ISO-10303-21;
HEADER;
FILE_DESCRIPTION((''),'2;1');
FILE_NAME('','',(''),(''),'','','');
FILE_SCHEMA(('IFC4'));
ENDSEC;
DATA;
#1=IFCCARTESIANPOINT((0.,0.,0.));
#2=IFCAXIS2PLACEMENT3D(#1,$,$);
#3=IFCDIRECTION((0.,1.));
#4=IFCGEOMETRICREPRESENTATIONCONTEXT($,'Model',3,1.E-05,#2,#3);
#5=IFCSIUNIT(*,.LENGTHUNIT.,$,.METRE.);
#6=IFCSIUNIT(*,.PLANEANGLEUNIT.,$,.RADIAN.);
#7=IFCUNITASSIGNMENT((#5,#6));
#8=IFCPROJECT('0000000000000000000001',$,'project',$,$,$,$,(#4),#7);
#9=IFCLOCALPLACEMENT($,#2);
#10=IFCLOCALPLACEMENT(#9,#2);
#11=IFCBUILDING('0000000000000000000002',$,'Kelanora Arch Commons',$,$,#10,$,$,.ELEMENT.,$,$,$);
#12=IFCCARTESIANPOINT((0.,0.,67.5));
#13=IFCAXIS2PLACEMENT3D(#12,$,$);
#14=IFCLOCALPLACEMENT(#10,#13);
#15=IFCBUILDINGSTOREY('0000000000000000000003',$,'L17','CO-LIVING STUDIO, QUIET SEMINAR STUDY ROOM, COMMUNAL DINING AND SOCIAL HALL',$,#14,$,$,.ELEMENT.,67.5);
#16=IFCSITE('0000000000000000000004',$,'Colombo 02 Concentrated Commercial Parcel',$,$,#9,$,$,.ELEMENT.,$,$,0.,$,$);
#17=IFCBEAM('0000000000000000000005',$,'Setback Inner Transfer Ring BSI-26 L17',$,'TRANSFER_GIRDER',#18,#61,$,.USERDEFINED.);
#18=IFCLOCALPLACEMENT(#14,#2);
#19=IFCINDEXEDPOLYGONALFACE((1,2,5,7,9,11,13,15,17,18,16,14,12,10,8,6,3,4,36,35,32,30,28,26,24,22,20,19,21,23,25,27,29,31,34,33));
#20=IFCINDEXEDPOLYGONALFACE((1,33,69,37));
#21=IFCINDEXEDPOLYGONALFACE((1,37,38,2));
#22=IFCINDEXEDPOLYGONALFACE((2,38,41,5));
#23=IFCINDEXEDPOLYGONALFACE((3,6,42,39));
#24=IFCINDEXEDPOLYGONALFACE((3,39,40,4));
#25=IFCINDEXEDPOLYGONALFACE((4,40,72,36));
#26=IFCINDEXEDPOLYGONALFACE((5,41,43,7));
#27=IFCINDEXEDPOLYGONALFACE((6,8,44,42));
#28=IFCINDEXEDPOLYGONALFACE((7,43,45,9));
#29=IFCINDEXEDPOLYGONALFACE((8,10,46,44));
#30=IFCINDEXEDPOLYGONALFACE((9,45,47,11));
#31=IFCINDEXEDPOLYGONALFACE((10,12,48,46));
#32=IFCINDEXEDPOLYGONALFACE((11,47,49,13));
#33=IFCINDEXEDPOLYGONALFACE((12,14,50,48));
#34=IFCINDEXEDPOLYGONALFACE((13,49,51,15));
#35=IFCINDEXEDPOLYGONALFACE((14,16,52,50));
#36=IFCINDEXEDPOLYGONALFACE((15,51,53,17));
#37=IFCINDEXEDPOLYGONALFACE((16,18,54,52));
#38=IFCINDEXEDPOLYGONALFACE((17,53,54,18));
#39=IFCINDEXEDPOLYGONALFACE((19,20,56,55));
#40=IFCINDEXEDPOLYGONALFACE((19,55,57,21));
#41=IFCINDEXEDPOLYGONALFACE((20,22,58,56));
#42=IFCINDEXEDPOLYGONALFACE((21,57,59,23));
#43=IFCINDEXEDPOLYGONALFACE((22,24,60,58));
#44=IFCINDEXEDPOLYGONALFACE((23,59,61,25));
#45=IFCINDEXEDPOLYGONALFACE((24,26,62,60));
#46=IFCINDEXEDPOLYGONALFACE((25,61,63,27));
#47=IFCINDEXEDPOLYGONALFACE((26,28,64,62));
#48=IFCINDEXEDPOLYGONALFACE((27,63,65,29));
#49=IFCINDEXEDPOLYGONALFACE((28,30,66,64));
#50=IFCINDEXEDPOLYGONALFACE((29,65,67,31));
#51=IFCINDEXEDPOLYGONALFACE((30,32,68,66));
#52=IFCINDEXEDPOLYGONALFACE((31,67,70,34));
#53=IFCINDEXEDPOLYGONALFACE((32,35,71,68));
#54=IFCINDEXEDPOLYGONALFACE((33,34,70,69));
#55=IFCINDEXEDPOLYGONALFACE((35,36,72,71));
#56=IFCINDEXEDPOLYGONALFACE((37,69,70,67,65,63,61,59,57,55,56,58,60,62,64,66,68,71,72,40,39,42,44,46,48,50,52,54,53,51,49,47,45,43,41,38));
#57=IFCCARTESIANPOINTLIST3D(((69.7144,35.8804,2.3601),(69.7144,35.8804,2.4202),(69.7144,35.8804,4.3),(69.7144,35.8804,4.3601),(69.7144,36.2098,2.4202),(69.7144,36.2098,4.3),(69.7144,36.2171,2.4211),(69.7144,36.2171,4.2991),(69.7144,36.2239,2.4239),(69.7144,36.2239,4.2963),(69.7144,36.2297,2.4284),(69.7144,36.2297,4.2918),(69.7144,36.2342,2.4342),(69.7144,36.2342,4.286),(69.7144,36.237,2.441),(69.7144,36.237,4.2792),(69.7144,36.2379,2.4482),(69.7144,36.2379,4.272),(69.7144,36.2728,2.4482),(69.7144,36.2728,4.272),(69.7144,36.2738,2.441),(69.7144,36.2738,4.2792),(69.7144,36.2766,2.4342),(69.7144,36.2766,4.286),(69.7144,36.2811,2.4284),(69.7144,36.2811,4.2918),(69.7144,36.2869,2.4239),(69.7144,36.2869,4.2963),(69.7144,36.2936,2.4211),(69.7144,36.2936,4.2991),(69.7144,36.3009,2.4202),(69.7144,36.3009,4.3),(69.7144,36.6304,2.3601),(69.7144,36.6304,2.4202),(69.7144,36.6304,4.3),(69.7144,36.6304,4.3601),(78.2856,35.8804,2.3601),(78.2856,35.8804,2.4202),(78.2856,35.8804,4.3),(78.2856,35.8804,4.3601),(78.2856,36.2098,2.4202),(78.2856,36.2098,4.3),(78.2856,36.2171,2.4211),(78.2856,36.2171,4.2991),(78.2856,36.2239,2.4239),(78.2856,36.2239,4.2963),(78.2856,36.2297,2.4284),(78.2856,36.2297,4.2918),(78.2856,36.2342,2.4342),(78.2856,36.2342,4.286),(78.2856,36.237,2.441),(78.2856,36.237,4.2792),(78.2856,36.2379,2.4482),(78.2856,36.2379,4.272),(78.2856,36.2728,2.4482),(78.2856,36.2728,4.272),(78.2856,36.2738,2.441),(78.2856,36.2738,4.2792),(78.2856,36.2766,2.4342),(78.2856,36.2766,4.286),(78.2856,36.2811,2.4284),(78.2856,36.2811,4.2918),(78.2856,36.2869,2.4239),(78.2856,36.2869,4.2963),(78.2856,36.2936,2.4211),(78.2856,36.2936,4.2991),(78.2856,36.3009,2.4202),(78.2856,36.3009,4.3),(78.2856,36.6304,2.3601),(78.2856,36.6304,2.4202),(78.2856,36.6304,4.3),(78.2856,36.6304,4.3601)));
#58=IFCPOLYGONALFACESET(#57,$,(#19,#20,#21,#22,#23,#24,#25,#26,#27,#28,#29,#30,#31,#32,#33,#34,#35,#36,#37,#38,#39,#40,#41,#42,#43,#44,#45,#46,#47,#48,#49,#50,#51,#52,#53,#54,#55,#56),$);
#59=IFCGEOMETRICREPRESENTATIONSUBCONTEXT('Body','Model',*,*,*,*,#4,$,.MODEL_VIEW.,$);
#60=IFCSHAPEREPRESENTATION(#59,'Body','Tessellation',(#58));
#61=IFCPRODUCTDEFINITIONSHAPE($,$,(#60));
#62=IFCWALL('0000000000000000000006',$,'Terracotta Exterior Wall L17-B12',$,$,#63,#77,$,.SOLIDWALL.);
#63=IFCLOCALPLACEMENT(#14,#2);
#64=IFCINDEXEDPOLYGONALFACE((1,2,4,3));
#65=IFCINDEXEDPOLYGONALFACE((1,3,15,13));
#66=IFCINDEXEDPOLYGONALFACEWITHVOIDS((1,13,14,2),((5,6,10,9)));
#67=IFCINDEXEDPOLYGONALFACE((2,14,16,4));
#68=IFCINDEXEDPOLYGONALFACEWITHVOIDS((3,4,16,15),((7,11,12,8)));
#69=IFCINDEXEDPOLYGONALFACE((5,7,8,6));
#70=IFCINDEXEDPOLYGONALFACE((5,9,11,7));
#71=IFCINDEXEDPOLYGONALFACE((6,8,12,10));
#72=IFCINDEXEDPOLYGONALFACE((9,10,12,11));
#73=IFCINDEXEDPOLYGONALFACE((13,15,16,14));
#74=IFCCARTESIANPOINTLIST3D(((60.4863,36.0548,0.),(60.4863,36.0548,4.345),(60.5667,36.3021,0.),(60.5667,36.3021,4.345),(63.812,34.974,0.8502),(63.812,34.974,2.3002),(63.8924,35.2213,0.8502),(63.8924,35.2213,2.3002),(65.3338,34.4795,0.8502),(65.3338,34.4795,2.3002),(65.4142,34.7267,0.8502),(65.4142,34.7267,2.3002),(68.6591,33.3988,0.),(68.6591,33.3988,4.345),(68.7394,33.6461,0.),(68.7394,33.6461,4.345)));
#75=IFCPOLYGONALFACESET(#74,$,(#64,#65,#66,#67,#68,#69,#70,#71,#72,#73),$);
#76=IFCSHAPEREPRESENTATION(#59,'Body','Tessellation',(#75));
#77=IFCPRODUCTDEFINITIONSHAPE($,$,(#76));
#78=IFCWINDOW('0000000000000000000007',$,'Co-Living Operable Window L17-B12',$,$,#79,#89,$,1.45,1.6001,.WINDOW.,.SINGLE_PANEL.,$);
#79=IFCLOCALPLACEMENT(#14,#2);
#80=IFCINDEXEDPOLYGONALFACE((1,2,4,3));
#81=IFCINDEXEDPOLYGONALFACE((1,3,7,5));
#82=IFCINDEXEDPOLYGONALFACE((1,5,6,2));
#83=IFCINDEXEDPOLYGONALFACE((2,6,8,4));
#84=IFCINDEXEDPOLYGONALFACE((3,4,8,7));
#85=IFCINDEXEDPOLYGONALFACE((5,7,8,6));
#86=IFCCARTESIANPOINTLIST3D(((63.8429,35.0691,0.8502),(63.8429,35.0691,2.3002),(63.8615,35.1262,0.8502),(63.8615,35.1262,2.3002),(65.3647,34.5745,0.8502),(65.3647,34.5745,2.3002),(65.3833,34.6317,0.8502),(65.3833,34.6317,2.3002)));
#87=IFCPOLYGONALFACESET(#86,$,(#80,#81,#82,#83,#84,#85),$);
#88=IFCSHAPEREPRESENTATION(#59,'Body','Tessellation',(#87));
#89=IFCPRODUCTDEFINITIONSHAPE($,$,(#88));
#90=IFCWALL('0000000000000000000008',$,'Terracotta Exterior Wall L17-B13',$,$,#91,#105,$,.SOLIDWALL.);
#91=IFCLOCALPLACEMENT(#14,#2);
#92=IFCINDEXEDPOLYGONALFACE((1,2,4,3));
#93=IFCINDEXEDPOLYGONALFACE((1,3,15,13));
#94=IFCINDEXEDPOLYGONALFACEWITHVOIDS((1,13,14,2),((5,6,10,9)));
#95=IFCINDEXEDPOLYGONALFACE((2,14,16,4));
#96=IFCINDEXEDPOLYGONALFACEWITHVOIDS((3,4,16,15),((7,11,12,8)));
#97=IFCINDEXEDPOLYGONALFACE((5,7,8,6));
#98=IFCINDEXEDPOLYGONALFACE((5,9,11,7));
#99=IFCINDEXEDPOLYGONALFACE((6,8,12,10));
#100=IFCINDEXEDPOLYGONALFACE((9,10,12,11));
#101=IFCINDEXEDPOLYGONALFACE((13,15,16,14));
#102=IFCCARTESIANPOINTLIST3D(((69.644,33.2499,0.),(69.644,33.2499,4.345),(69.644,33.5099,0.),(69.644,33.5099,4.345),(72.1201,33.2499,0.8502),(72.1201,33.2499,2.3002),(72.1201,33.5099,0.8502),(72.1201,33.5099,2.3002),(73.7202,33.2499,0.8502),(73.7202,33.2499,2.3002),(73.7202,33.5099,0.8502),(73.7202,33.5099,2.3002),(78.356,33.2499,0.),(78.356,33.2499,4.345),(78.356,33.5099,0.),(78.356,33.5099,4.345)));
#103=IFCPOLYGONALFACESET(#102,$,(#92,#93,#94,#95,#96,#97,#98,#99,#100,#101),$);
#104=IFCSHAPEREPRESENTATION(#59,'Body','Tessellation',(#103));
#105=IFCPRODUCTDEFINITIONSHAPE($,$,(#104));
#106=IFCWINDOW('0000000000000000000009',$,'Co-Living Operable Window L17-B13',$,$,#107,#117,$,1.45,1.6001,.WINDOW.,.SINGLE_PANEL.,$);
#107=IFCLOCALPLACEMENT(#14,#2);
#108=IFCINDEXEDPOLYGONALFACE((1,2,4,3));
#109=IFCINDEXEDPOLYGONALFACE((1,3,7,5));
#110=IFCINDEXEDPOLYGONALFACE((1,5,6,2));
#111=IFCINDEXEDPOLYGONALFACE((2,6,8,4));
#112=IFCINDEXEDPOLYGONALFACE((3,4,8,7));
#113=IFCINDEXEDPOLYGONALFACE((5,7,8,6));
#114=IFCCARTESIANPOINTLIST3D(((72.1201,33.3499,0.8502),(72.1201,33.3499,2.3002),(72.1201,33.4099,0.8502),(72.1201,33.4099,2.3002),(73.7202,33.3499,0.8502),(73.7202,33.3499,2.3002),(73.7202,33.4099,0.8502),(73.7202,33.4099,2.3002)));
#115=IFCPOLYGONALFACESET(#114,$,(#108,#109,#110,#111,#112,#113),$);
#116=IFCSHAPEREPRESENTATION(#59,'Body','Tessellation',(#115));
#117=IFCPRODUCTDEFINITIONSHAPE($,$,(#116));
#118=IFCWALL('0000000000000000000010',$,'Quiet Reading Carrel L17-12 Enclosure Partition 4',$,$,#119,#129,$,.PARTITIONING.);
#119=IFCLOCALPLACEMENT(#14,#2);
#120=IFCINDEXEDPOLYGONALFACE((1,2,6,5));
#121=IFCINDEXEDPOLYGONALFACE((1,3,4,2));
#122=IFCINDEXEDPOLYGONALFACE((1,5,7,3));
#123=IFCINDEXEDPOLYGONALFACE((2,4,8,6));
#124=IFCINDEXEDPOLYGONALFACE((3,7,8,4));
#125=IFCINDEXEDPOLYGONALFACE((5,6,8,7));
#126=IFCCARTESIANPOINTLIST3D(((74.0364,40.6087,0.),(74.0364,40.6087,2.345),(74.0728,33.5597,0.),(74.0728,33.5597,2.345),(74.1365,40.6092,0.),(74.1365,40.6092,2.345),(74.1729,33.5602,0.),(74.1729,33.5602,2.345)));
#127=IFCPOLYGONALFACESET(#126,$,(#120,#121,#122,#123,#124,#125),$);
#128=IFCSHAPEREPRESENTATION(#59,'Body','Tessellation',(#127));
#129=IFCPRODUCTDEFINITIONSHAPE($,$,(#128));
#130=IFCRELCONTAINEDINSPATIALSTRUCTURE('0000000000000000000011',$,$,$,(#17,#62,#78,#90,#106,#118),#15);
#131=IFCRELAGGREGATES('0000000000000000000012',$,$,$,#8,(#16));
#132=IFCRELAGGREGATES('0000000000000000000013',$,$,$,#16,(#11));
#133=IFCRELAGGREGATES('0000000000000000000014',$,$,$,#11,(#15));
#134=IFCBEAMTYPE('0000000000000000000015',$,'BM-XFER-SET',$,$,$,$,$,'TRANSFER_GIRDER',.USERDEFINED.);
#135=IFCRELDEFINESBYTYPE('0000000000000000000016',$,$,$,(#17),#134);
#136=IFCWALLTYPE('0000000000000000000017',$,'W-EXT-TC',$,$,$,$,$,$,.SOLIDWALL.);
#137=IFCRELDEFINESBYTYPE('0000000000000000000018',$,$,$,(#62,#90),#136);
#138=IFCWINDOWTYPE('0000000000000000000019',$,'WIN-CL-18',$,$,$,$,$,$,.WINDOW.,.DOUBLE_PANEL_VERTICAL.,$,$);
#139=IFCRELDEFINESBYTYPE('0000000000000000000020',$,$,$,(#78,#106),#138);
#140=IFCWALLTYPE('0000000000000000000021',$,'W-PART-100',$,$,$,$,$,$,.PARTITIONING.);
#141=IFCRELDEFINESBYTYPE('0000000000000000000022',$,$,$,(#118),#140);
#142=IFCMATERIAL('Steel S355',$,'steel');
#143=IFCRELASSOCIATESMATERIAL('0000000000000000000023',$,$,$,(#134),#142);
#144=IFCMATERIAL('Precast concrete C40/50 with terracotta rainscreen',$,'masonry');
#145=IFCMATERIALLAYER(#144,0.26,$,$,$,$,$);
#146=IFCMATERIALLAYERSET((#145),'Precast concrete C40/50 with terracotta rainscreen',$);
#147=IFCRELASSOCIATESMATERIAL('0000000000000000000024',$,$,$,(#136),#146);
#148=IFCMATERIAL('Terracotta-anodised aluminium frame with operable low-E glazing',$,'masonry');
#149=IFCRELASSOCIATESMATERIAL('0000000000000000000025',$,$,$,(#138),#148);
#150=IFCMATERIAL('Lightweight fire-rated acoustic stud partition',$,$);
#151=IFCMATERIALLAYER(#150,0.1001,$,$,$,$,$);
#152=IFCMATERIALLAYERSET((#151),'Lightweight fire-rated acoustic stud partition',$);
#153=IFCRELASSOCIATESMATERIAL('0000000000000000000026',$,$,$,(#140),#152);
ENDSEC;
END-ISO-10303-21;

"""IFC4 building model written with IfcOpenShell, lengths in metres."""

from ifc_helpers import new_model, si_unit, direction, frame, frame_2d, origin, origin_2d, place, context, subcontext, project, spatial, rectangle, i_section, extrude, material, layer, layer_set, material_profile, profile_set, type_object, element, fill, save


model = new_model("IFC4")

# Units and contexts
model_context = context("Model", 3, precision=1e-05, world=origin(), true_north=direction((0.0, 1.0)))
body_context = subcontext(model_context, "Body", "Model", "MODEL_VIEW")
ifc_project = project(units=[si_unit("LENGTHUNIT", "METRE"), si_unit("PLANEANGLEUNIT", "RADIAN")], contexts=[model_context])

# Site, building, storey
site_placement = place(None, origin())
site = spatial("IfcSite", under=ifc_project, at=site_placement, Name="Colombo 02 Concentrated Commercial Parcel", CompositionType="ELEMENT", RefElevation=0.0)
building_placement = place(site_placement, origin())
building = spatial("IfcBuilding", under=site, at=building_placement, Name="Kelanora Arch Commons", CompositionType="ELEMENT")
storey_placement = place(building_placement, frame((0.0, 0.0, 67.5)))
storey = spatial("IfcBuildingStorey", under=building, at=storey_placement, Name="L17", Description="CO-LIVING STUDIO, QUIET SEMINAR STUDY ROOM, COMMUNAL DINING AND SOCIAL HALL", CompositionType="ELEMENT", Elevation=67.5)

# Beam
ifc_material_1 = material(Name="Steel S355", Category="steel")
ifc_material_profile_1 = material_profile(ifc_material_1, i_section(OverallWidth=0.75, OverallDepth=2.0, WebThickness=0.0349, FlangeThickness=0.0601, FilletRadius=0.0281, at=origin_2d()), Name="PG2000x750")
ifc_profile_set_1 = profile_set([ifc_material_profile_1], Name="Steel S355")
beam_type_1 = type_object("IfcBeamType", Name="BM-XFER-SET", ElementType="TRANSFER_GIRDER", PredefinedType="USERDEFINED", material=ifc_profile_set_1)
beam_1_placement = place(storey_placement, frame((69.7144, 36.2554, 3.3601), z_axis=(1.0, 0.0, 0.0), x_axis=(0.0, 1.0, 0.0)))
element("IfcBeam", 1, at=beam_1_placement, inside=storey, type_object=beam_type_1, Name="Setback Inner Transfer Ring BSI-26 L17", ObjectType="TRANSFER_GIRDER", PredefinedType="USERDEFINED", context=body_context, shape_type="SweptSolid", body=[
    extrude(i_section(OverallWidth=0.75, OverallDepth=2.0, WebThickness=0.0349, FlangeThickness=0.0601, FilletRadius=0.0281, at=origin_2d()), origin(), (0.0, 0.0, 1.0), 8.5713),
])

# Walls, openings, windows
ifc_material_2 = material(Name="Precast concrete C40/50 with terracotta rainscreen", Category="masonry")
ifc_layer_1 = layer(ifc_material_2, 0.26)
ifc_layer_set_1 = layer_set([ifc_layer_1], Name="Precast concrete C40/50 with terracotta rainscreen")
wall_type_1 = type_object("IfcWallType", Name="W-EXT-TC", PredefinedType="SOLIDWALL", material=ifc_layer_set_1)
wall_1_placement = place(storey_placement, frame((60.5264, 36.1785, 0.0), z_axis=(0.0, 0.0, 1.0), x_axis=(0.95104, -0.309068, 0.0)))
wall_1 = element("IfcWall", 2, at=wall_1_placement, inside=storey, type_object=wall_type_1, Name="Terracotta Exterior Wall L17-B12", PredefinedType="SOLIDWALL", context=body_context, shape_type="SweptSolid", body=[
    extrude(rectangle(XDim=8.5935, YDim=0.26, at=frame_2d((4.2969, 0.0))), origin(), (0.0, 0.0, 1.0), 4.345),
])
opening_1_placement = place(wall_1_placement, frame((3.4971, 0.0, 0.8501)))
opening_1 = element("IfcOpeningElement", 3, at=opening_1_placement, cuts=wall_1, PredefinedType="OPENING", context=body_context, shape_type="SweptSolid", body=[
    extrude(rectangle(XDim=1.6001, YDim=1.45, at=frame_2d((0.8, 0.7251))), frame((0.0, 0.1401, 0.0), z_axis=(0.0, -1.0, 0.0), x_axis=(1.0, 0.0, 0.0)), (0.0, 0.0, 1.0), 0.28),
])
ifc_material_3 = material(Name="Terracotta-anodised aluminium frame with operable low-E glazing", Category="masonry")
window_type = type_object("IfcWindowType", Name="WIN-CL-18", PartitioningType="DOUBLE_PANEL_VERTICAL", PredefinedType="WINDOW", material=ifc_material_3)
window_1_placement = place(opening_1_placement, origin())
window_1 = element("IfcWindow", 4, at=window_1_placement, inside=storey, type_object=window_type, Name="Co-Living Operable Window L17-B12", OverallHeight=1.45, OverallWidth=1.6001, PartitioningType="SINGLE_PANEL", PredefinedType="WINDOW", context=body_context, shape_type="SweptSolid", body=[
    extrude(rectangle(XDim=1.6001, YDim=1.45, at=frame_2d((0.8, 0.7251))), frame((0.0, 0.03, 0.0), z_axis=(0.0, -1.0, 0.0), x_axis=(1.0, 0.0, 0.0)), (0.0, 0.0, 1.0), 0.0601),
])
fill(opening_1, window_1)
wall_2_placement = place(storey_placement, frame((69.644, 33.3799, 0.0), z_axis=(0.0, 0.0, 1.0), x_axis=(1.0, 0.0, 0.0)))
wall_2 = element("IfcWall", 5, at=wall_2_placement, inside=storey, type_object=wall_type_1, Name="Terracotta Exterior Wall L17-B13", PredefinedType="SOLIDWALL", context=body_context, shape_type="SweptSolid", body=[
    extrude(rectangle(XDim=8.7119, YDim=0.26, at=frame_2d((4.356, 0.0))), origin(), (0.0, 0.0, 1.0), 4.345),
])
opening_2_placement = place(wall_2_placement, frame((2.4761, 0.0, 0.8501)))
opening_2 = element("IfcOpeningElement", 6, at=opening_2_placement, cuts=wall_2, PredefinedType="OPENING", context=body_context, shape_type="SweptSolid", body=[
    extrude(rectangle(XDim=1.6001, YDim=1.45, at=frame_2d((0.8, 0.7251))), frame((0.0, 0.1401, 0.0), z_axis=(0.0, -1.0, 0.0), x_axis=(1.0, 0.0, 0.0)), (0.0, 0.0, 1.0), 0.28),
])
window_2_placement = place(opening_2_placement, origin())
window_2 = element("IfcWindow", 7, at=window_2_placement, inside=storey, type_object=window_type, Name="Co-Living Operable Window L17-B13", OverallHeight=1.45, OverallWidth=1.6001, PartitioningType="SINGLE_PANEL", PredefinedType="WINDOW", context=body_context, shape_type="SweptSolid", body=[
    extrude(rectangle(XDim=1.6001, YDim=1.45, at=frame_2d((0.8, 0.7251))), frame((0.0, 0.03, 0.0), z_axis=(0.0, -1.0, 0.0), x_axis=(1.0, 0.0, 0.0)), (0.0, 0.0, 1.0), 0.0601),
])
fill(opening_2, window_2)

# Wall
ifc_material_4 = material(Name="Lightweight fire-rated acoustic stud partition")
ifc_layer_2 = layer(ifc_material_4, 0.1001)
ifc_layer_set_2 = layer_set([ifc_layer_2], Name="Lightweight fire-rated acoustic stud partition")
wall_type_2 = type_object("IfcWallType", Name="W-PART-100", PredefinedType="PARTITIONING", material=ifc_layer_set_2)
wall_3_placement = place(storey_placement, frame((74.1228, 33.5601, 0.0), z_axis=(0.0, 0.0, 1.0), x_axis=(-0.00516, 0.999987, 0.0)))
element("IfcWall", 8, at=wall_3_placement, inside=storey, type_object=wall_type_2, Name="Quiet Reading Carrel L17-12 Enclosure Partition 4", PredefinedType="PARTITIONING", context=body_context, shape_type="SweptSolid", body=[
    extrude(rectangle(XDim=7.0491, YDim=0.1001, at=frame_2d((3.5244, 0.0))), origin(), (0.0, 0.0, 1.0), 2.345),
])

save(model, "model.ifc")
